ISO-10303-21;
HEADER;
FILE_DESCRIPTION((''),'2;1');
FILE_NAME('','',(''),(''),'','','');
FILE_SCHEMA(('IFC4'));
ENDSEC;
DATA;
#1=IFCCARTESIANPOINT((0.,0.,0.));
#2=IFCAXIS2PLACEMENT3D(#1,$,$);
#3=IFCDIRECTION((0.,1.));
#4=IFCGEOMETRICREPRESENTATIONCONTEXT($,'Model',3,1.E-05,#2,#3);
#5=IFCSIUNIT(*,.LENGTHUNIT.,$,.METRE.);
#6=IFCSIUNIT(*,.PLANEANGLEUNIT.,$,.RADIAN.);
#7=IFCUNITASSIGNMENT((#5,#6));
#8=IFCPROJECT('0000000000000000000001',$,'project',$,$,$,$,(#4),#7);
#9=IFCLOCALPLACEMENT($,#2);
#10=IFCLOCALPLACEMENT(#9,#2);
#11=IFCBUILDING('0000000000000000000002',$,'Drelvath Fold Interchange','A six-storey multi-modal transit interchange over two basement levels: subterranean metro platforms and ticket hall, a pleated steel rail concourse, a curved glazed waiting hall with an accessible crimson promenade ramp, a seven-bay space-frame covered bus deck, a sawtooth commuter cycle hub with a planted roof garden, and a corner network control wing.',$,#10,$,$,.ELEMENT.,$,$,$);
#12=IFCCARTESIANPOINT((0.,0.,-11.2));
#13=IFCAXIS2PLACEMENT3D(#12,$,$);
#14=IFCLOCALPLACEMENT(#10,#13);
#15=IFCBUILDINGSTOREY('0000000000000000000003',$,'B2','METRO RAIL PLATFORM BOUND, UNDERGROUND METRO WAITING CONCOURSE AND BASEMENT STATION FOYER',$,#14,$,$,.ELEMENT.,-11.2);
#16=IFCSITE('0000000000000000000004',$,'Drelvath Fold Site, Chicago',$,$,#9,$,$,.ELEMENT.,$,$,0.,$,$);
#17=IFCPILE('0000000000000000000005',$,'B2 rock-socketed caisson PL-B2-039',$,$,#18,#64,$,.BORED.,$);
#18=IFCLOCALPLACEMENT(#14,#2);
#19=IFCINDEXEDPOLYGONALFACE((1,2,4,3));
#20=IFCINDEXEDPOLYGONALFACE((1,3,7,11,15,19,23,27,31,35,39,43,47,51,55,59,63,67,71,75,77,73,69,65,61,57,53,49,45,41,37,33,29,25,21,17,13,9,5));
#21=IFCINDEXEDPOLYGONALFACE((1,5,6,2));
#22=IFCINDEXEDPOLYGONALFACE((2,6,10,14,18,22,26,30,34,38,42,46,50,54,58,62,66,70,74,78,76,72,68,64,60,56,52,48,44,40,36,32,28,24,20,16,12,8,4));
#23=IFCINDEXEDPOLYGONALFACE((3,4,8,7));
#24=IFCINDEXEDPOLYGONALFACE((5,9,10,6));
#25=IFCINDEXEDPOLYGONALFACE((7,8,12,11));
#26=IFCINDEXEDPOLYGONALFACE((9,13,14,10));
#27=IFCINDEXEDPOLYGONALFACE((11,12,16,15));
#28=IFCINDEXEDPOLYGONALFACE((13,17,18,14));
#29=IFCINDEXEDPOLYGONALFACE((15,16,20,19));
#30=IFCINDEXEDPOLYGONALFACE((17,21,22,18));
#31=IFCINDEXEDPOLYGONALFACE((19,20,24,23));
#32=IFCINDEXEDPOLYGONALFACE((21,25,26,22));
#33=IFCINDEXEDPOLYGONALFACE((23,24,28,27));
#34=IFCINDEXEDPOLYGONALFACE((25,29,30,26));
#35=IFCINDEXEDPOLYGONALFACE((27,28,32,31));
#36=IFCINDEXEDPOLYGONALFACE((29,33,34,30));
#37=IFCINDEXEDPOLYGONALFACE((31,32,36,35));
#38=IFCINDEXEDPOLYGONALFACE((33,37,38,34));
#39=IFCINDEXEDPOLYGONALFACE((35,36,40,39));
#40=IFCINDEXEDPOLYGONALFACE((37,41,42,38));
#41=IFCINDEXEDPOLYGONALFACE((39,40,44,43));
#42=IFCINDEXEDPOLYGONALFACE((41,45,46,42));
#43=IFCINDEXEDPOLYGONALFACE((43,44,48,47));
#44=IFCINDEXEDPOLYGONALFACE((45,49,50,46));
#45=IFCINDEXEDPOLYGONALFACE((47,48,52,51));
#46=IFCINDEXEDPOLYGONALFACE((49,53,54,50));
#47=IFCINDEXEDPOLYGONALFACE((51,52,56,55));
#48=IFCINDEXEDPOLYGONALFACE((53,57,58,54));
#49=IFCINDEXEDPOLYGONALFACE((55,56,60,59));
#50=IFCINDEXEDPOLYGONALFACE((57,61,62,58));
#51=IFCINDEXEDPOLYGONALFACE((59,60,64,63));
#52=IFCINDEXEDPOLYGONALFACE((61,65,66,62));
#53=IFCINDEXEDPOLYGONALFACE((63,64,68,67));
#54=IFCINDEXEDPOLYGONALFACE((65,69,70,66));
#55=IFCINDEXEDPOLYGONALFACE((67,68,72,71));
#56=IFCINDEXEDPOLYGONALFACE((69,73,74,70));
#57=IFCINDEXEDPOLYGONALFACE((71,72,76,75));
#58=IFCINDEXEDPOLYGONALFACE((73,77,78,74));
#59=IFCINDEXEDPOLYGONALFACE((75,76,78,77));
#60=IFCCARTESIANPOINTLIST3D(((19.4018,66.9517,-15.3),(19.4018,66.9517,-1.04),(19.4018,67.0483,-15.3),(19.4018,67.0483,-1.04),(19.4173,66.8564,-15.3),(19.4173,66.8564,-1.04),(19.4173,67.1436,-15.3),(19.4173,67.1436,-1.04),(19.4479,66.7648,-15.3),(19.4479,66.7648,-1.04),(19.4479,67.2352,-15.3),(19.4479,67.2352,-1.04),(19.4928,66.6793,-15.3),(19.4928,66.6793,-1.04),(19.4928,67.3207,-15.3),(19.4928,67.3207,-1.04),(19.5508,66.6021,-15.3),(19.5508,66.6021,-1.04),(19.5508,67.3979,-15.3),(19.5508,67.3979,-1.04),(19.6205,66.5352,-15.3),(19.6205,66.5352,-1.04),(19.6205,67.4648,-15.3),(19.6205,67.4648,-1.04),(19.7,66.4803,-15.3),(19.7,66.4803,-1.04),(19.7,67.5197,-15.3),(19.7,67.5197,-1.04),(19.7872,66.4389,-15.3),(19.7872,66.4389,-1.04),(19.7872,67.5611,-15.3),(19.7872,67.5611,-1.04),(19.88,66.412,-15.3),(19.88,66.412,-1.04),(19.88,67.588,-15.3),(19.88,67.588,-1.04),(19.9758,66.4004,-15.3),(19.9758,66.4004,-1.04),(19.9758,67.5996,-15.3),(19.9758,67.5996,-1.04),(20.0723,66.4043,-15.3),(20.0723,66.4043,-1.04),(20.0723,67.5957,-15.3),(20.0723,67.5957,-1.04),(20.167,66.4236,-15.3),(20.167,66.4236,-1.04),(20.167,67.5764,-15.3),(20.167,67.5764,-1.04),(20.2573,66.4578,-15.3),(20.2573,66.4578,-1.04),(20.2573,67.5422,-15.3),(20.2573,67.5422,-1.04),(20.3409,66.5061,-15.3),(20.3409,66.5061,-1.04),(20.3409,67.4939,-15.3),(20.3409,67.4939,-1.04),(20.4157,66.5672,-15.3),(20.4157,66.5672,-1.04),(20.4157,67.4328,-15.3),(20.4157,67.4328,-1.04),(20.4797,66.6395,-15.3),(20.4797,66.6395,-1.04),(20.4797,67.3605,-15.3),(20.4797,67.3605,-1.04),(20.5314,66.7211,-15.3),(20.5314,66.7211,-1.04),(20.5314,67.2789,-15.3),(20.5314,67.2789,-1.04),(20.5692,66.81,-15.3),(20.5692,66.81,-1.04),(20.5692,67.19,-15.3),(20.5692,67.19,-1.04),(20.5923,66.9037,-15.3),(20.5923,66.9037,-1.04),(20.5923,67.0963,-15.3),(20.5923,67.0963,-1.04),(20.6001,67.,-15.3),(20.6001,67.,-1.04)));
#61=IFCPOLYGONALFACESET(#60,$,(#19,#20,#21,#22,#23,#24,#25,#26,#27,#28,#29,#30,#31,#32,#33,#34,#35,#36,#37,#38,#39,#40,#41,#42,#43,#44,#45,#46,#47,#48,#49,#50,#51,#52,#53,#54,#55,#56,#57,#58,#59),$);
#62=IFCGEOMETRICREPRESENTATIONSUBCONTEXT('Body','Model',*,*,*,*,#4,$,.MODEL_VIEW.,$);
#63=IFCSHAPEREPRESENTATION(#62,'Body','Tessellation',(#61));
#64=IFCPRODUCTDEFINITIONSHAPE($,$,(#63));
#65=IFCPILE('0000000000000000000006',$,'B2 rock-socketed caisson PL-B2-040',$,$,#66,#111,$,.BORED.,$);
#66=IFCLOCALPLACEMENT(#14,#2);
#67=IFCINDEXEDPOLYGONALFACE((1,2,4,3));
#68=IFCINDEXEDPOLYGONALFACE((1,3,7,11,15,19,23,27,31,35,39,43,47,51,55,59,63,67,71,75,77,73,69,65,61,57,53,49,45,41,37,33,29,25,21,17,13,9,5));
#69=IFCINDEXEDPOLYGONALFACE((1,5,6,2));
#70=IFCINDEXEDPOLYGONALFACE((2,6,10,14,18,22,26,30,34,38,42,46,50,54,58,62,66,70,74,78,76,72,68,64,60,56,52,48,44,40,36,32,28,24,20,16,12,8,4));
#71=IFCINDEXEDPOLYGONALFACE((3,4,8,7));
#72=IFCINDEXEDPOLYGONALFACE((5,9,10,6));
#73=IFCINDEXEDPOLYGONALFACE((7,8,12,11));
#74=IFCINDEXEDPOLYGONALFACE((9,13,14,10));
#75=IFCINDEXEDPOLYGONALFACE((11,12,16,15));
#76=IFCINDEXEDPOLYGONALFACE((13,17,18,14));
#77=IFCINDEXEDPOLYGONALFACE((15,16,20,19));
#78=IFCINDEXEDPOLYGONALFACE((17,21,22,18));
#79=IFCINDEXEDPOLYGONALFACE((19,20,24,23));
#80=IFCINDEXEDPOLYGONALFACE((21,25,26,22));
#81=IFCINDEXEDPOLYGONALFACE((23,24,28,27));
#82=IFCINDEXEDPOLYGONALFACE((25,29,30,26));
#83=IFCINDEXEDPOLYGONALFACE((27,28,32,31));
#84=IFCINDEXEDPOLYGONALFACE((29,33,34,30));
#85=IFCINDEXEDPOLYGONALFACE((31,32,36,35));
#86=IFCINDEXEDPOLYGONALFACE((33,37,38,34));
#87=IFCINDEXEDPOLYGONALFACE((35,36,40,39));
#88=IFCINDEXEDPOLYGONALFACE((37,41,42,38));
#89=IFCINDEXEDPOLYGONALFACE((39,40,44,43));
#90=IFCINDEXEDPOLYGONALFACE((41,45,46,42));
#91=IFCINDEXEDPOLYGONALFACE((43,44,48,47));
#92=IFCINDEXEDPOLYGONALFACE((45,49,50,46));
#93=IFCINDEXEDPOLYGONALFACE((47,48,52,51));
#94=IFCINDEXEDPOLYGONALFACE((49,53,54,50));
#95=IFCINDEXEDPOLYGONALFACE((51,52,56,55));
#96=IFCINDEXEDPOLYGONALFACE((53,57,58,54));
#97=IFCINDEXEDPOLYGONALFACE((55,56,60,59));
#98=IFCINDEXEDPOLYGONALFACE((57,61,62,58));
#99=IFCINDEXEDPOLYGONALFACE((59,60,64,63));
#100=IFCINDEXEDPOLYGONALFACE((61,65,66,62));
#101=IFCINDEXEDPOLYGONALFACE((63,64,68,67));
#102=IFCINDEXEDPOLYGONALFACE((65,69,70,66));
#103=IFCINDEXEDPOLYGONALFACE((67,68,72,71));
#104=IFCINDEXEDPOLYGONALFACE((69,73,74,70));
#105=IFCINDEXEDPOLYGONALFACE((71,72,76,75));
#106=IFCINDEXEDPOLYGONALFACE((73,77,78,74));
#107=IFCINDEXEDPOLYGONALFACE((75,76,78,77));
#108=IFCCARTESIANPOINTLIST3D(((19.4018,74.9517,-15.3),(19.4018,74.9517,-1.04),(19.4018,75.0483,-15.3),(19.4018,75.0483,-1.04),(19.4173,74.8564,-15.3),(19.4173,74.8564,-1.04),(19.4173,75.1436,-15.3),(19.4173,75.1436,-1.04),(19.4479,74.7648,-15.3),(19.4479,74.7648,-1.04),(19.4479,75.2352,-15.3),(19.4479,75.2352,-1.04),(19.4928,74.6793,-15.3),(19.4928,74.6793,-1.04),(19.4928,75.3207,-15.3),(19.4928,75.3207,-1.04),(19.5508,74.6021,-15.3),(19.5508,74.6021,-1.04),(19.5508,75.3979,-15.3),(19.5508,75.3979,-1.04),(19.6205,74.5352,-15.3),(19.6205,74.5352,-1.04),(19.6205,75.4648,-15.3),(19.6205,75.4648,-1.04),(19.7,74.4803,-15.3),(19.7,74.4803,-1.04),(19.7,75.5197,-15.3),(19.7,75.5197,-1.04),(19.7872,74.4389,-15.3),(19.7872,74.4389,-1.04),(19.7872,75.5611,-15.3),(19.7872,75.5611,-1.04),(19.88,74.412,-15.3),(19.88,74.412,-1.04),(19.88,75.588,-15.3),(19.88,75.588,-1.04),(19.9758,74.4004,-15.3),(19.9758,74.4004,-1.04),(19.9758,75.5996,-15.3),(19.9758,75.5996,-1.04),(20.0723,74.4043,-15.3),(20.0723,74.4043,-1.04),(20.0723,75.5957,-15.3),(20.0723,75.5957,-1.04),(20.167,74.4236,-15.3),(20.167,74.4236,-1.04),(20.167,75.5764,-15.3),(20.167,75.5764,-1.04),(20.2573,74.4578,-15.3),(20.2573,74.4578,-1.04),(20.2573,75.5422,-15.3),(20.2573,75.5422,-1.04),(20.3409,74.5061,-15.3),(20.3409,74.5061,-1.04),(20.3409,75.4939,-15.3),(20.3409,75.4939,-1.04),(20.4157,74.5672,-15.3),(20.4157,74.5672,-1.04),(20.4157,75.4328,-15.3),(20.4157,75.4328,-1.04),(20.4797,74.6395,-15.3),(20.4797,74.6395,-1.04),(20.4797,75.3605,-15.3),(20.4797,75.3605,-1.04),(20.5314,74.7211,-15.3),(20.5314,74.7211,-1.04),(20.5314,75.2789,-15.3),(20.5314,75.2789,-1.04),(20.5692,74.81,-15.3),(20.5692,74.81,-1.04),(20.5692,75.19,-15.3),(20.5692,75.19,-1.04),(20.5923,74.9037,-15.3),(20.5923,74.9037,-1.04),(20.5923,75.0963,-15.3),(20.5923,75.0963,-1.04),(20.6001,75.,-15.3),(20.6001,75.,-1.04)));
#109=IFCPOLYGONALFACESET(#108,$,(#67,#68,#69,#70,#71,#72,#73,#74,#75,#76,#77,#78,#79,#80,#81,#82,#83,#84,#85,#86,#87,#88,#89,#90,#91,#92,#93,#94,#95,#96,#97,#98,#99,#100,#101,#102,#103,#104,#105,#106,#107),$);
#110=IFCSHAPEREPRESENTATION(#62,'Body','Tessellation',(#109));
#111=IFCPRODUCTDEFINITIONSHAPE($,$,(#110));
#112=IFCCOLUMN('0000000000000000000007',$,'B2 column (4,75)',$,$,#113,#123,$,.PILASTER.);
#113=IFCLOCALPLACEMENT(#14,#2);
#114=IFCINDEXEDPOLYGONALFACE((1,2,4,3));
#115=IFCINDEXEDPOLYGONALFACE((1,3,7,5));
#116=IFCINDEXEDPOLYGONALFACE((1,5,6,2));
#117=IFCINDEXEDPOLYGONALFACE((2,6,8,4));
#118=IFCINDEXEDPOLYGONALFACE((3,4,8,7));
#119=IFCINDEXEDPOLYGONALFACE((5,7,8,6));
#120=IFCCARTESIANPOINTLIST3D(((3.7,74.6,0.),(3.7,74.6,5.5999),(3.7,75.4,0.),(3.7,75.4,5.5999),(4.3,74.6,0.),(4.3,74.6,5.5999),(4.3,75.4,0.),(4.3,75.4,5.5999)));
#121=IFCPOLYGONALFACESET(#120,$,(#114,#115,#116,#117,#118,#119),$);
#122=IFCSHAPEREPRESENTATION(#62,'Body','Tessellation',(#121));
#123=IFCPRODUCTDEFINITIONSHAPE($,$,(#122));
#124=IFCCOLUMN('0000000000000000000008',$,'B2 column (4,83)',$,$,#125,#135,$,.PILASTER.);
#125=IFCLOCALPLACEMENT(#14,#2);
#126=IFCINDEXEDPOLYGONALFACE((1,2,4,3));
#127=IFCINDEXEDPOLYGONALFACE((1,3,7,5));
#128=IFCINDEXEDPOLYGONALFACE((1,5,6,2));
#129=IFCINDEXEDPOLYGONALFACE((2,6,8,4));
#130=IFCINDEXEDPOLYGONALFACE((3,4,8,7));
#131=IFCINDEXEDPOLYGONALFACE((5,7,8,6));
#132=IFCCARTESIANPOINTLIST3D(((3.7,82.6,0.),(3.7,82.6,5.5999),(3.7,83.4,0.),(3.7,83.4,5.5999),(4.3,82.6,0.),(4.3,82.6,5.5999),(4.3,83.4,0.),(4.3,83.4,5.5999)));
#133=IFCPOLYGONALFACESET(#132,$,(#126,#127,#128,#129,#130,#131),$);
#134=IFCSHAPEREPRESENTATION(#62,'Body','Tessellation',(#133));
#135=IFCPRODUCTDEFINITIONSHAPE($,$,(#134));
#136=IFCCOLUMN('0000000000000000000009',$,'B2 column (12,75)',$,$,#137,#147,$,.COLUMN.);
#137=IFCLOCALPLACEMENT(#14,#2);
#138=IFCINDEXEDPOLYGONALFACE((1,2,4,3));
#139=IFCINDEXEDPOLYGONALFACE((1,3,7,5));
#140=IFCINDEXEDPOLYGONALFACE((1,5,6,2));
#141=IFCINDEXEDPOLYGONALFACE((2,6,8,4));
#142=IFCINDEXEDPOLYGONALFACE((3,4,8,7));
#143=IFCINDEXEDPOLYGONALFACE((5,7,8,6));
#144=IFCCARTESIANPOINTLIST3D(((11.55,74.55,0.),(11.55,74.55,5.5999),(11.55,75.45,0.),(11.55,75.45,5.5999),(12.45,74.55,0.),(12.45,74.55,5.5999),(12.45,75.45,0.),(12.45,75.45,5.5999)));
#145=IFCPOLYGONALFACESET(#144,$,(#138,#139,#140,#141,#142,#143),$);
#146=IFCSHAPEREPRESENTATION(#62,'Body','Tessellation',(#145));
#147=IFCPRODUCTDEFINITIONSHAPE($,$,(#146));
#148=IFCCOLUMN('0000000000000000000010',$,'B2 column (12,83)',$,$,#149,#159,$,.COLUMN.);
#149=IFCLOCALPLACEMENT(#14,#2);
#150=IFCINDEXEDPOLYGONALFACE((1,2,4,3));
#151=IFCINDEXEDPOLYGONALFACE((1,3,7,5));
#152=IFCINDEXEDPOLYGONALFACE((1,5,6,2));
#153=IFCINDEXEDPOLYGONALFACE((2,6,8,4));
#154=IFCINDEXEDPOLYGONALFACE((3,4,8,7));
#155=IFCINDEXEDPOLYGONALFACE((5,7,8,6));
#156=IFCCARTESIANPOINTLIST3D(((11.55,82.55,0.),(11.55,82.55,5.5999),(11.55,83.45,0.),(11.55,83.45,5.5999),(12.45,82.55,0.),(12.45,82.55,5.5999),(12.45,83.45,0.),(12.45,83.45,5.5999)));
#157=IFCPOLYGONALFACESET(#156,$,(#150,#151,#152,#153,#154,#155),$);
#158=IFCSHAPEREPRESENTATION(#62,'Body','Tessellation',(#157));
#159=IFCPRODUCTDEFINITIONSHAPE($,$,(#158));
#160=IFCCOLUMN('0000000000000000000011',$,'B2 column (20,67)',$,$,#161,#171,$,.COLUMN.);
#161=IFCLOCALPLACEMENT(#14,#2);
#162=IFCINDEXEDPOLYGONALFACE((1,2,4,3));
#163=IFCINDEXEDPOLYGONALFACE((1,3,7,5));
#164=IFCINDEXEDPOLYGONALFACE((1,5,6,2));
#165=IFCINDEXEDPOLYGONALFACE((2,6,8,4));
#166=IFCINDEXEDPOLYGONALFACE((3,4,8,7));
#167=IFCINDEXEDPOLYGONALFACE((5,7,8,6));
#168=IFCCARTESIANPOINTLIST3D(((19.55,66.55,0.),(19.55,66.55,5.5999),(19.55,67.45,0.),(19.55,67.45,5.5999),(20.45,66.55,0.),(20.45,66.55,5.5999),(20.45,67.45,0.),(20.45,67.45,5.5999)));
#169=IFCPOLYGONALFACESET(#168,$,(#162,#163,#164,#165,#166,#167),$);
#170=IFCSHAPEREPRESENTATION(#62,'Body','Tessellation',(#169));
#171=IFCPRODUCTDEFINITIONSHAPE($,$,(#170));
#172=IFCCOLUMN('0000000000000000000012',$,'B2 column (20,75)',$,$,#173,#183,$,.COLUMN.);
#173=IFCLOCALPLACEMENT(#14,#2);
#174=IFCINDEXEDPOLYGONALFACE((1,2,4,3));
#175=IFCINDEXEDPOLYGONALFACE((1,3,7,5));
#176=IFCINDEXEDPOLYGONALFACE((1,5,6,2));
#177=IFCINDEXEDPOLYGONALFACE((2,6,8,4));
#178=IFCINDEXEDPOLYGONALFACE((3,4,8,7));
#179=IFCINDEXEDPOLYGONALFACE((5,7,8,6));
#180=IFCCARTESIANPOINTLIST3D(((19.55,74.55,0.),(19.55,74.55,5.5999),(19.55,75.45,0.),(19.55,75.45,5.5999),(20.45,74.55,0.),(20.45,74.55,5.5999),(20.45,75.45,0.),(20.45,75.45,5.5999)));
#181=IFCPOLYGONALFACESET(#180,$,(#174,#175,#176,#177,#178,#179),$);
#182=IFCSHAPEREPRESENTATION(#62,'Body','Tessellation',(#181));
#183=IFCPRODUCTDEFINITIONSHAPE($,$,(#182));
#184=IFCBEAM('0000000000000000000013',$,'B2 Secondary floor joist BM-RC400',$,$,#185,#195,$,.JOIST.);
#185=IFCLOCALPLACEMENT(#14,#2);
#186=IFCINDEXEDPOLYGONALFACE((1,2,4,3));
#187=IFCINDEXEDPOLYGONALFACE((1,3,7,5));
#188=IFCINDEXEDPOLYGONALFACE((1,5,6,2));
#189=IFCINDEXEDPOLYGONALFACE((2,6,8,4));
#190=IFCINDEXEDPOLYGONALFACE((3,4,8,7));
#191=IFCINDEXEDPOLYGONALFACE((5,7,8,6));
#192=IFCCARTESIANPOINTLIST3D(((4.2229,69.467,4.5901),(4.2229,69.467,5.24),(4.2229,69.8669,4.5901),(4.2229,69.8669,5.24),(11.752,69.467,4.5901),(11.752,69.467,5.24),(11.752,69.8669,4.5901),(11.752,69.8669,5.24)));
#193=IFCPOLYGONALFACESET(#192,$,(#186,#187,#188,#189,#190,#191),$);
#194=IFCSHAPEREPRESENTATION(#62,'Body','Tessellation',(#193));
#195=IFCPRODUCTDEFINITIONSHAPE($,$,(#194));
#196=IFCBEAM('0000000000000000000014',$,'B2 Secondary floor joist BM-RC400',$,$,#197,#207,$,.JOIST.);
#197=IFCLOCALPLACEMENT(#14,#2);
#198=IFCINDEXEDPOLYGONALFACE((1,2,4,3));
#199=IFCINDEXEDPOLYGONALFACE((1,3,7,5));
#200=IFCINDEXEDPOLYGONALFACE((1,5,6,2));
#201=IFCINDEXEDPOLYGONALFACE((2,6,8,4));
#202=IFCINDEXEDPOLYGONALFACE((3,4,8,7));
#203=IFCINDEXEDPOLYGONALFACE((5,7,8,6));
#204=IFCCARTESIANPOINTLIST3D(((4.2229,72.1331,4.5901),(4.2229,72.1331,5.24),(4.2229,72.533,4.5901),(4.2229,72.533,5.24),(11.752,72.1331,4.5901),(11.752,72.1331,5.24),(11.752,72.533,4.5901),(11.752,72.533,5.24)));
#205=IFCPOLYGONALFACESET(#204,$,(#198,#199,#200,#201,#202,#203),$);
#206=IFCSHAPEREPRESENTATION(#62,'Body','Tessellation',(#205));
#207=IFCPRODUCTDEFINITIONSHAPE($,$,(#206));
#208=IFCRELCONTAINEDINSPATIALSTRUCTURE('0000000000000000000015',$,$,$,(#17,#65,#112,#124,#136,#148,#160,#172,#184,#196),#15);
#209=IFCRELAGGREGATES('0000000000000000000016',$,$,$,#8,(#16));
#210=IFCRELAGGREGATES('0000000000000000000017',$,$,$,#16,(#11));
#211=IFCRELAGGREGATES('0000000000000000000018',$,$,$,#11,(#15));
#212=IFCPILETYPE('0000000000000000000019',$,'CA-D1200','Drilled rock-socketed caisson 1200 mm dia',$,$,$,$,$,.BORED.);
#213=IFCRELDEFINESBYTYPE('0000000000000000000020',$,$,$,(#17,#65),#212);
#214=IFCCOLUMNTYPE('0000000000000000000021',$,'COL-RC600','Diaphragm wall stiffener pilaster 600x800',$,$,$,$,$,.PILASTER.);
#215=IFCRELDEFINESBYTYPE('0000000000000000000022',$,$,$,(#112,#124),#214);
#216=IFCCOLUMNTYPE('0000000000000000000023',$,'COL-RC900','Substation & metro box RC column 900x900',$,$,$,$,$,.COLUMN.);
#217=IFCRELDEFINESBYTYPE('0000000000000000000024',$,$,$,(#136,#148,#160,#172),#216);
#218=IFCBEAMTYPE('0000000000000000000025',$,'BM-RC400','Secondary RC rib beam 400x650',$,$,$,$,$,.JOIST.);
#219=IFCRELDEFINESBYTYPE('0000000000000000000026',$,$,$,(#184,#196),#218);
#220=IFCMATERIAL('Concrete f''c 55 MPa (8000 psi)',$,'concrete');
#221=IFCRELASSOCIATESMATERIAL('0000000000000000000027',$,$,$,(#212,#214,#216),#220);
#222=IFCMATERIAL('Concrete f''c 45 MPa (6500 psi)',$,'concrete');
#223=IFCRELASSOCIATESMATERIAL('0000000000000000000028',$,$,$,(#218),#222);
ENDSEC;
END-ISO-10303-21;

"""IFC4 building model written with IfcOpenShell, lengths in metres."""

from ifc_helpers import new_model, si_unit, direction, frame, origin, origin_2d, place, context, subcontext, project, spatial, rectangle, circle, extrude, material, material_profile, profile_set, type_object, element, save


model = new_model("IFC4")

# Units and contexts
model_context = context("Model", 3, precision=1e-05, world=origin(), true_north=direction((0.0, 1.0)))
body_context = subcontext(model_context, "Body", "Model", "MODEL_VIEW")
ifc_project = project(units=[si_unit("LENGTHUNIT", "METRE"), si_unit("PLANEANGLEUNIT", "RADIAN")], contexts=[model_context])

# Site, building, storey
site_placement = place(None, origin())
site = spatial("IfcSite", under=ifc_project, at=site_placement, Name="Drelvath Fold Site, Chicago", CompositionType="ELEMENT", RefElevation=0.0)
building_placement = place(site_placement, origin())
building = spatial("IfcBuilding", under=site, at=building_placement, Name="Drelvath Fold Interchange", Description="A six-storey multi-modal transit interchange over two basement levels: subterranean metro platforms and ticket hall, a pleated steel rail concourse, a curved glazed waiting hall with an accessible crimson promenade ramp, a seven-bay space-frame covered bus deck, a sawtooth commuter cycle hub with a planted roof garden, and a corner network control wing.", CompositionType="ELEMENT")
storey_placement = place(building_placement, frame((0.0, 0.0, -11.2)))
storey = spatial("IfcBuildingStorey", under=building, at=storey_placement, Name="B2", Description="METRO RAIL PLATFORM BOUND, UNDERGROUND METRO WAITING CONCOURSE AND BASEMENT STATION FOYER", CompositionType="ELEMENT", Elevation=-11.2)

# Piles
ifc_material_1 = material(Name="Concrete f'c 55 MPa (8000 psi)", Category="concrete")
ifc_material_profile_1 = material_profile(ifc_material_1, circle(Radius=0.6001, at=origin_2d()), Name="CAISSON D1200")
ifc_profile_set_1 = profile_set([ifc_material_profile_1], Name="Concrete f'c 55 MPa (8000 psi)")
pile_type = type_object("IfcPileType", Name="CA-D1200", Description="Drilled rock-socketed caisson 1200 mm dia", PredefinedType="BORED", material=ifc_profile_set_1)
for number, where, z_axis, x_axis, name in (
    (1, (20.0, 67.0, -1.04), (0.0, 0.0, -1.0), (1.0, 0.0, 0.0), "B2 rock-socketed caisson PL-B2-039"),
    (2, (20.0, 75.0, -1.04), (0.0, 0.0, -1.0), (1.0, 0.0, 0.0), "B2 rock-socketed caisson PL-B2-040"),
):
    element("IfcPile", number, at=place(storey_placement, frame(where, z_axis=z_axis, x_axis=x_axis)), inside=storey, type_object=pile_type, Name=name, PredefinedType="BORED", context=body_context, shape_type="SweptSolid", body=[
        extrude(circle(Radius=0.6001, at=origin_2d()), origin(), (0.0, 0.0, 1.0), 14.26),
    ])

# Columns
ifc_material_profile_2 = material_profile(ifc_material_1, rectangle(XDim=0.6001, YDim=0.8, at=origin_2d()), Name="RC 600x800")
ifc_profile_set_2 = profile_set([ifc_material_profile_2], Name="Concrete f'c 55 MPa (8000 psi)")
column_type_1 = type_object("IfcColumnType", Name="COL-RC600", Description="Diaphragm wall stiffener pilaster 600x800", PredefinedType="PILASTER", material=ifc_profile_set_2)
for number, where, z_axis, x_axis, name in (
    (3, (4.0, 75.0, 0.0), (0.0, 0.0, 1.0), (1.0, 0.0, 0.0), "B2 column (4,75)"),
    (4, (4.0, 83.0, 0.0), (0.0, 0.0, 1.0), (1.0, 0.0, 0.0), "B2 column (4,83)"),
):
    element("IfcColumn", number, at=place(storey_placement, frame(where, z_axis=z_axis, x_axis=x_axis)), inside=storey, type_object=column_type_1, Name=name, PredefinedType="PILASTER", context=body_context, shape_type="SweptSolid", body=[
        extrude(rectangle(XDim=0.6001, YDim=0.8, at=origin_2d()), origin(), (0.0, 0.0, 1.0), 5.5999),
    ])
ifc_material_profile_3 = material_profile(ifc_material_1, rectangle(XDim=0.8999, YDim=0.8999, at=origin_2d()), Name="RC 900x900")
ifc_profile_set_3 = profile_set([ifc_material_profile_3], Name="Concrete f'c 55 MPa (8000 psi)")
column_type_2 = type_object("IfcColumnType", Name="COL-RC900", Description="Substation & metro box RC column 900x900", PredefinedType="COLUMN", material=ifc_profile_set_3)
for number, where, z_axis, x_axis, name in (
    (5, (12.0, 75.0, 0.0), (0.0, 0.0, 1.0), (1.0, 0.0, 0.0), "B2 column (12,75)"),
    (6, (12.0, 83.0, 0.0), (0.0, 0.0, 1.0), (1.0, 0.0, 0.0), "B2 column (12,83)"),
    (7, (20.0, 67.0, 0.0), (0.0, 0.0, 1.0), (1.0, 0.0, 0.0), "B2 column (20,67)"),
    (8, (20.0, 75.0, 0.0), (0.0, 0.0, 1.0), (1.0, 0.0, 0.0), "B2 column (20,75)"),
):
    element("IfcColumn", number, at=place(storey_placement, frame(where, z_axis=z_axis, x_axis=x_axis)), inside=storey, type_object=column_type_2, Name=name, PredefinedType="COLUMN", context=body_context, shape_type="SweptSolid", body=[
        extrude(rectangle(XDim=0.8999, YDim=0.8999, at=origin_2d()), origin(), (0.0, 0.0, 1.0), 5.5999),
    ])

# Beams
ifc_material_2 = material(Name="Concrete f'c 45 MPa (6500 psi)", Category="concrete")
ifc_material_profile_4 = material_profile(ifc_material_2, rectangle(XDim=0.3999, YDim=0.6499, at=origin_2d()), Name="RC 400x650")
ifc_profile_set_4 = profile_set([ifc_material_profile_4], Name="Concrete f'c 45 MPa (6500 psi)")
beam_type_1 = type_object("IfcBeamType", Name="BM-RC400", Description="Secondary RC rib beam 400x650", PredefinedType="JOIST", material=ifc_profile_set_4)
for number, where, z_axis, x_axis, name in (
    (9, (4.2229, 69.667, 4.915), (1.0, 0.0, 0.0), (0.0, 1.0, 0.0), "B2 Secondary floor joist BM-RC400"),
    (10, (4.2229, 72.333, 4.915), (1.0, 0.0, 0.0), (0.0, 1.0, 0.0), "B2 Secondary floor joist BM-RC400"),
):
    element("IfcBeam", number, at=place(storey_placement, frame(where, z_axis=z_axis, x_axis=x_axis)), inside=storey, type_object=beam_type_1, Name=name, PredefinedType="JOIST", context=body_context, shape_type="SweptSolid", body=[
        extrude(rectangle(XDim=0.3999, YDim=0.6499, at=origin_2d()), origin(), (0.0, 0.0, 1.0), 7.5291),
    ])

save(model, "model.ifc")
